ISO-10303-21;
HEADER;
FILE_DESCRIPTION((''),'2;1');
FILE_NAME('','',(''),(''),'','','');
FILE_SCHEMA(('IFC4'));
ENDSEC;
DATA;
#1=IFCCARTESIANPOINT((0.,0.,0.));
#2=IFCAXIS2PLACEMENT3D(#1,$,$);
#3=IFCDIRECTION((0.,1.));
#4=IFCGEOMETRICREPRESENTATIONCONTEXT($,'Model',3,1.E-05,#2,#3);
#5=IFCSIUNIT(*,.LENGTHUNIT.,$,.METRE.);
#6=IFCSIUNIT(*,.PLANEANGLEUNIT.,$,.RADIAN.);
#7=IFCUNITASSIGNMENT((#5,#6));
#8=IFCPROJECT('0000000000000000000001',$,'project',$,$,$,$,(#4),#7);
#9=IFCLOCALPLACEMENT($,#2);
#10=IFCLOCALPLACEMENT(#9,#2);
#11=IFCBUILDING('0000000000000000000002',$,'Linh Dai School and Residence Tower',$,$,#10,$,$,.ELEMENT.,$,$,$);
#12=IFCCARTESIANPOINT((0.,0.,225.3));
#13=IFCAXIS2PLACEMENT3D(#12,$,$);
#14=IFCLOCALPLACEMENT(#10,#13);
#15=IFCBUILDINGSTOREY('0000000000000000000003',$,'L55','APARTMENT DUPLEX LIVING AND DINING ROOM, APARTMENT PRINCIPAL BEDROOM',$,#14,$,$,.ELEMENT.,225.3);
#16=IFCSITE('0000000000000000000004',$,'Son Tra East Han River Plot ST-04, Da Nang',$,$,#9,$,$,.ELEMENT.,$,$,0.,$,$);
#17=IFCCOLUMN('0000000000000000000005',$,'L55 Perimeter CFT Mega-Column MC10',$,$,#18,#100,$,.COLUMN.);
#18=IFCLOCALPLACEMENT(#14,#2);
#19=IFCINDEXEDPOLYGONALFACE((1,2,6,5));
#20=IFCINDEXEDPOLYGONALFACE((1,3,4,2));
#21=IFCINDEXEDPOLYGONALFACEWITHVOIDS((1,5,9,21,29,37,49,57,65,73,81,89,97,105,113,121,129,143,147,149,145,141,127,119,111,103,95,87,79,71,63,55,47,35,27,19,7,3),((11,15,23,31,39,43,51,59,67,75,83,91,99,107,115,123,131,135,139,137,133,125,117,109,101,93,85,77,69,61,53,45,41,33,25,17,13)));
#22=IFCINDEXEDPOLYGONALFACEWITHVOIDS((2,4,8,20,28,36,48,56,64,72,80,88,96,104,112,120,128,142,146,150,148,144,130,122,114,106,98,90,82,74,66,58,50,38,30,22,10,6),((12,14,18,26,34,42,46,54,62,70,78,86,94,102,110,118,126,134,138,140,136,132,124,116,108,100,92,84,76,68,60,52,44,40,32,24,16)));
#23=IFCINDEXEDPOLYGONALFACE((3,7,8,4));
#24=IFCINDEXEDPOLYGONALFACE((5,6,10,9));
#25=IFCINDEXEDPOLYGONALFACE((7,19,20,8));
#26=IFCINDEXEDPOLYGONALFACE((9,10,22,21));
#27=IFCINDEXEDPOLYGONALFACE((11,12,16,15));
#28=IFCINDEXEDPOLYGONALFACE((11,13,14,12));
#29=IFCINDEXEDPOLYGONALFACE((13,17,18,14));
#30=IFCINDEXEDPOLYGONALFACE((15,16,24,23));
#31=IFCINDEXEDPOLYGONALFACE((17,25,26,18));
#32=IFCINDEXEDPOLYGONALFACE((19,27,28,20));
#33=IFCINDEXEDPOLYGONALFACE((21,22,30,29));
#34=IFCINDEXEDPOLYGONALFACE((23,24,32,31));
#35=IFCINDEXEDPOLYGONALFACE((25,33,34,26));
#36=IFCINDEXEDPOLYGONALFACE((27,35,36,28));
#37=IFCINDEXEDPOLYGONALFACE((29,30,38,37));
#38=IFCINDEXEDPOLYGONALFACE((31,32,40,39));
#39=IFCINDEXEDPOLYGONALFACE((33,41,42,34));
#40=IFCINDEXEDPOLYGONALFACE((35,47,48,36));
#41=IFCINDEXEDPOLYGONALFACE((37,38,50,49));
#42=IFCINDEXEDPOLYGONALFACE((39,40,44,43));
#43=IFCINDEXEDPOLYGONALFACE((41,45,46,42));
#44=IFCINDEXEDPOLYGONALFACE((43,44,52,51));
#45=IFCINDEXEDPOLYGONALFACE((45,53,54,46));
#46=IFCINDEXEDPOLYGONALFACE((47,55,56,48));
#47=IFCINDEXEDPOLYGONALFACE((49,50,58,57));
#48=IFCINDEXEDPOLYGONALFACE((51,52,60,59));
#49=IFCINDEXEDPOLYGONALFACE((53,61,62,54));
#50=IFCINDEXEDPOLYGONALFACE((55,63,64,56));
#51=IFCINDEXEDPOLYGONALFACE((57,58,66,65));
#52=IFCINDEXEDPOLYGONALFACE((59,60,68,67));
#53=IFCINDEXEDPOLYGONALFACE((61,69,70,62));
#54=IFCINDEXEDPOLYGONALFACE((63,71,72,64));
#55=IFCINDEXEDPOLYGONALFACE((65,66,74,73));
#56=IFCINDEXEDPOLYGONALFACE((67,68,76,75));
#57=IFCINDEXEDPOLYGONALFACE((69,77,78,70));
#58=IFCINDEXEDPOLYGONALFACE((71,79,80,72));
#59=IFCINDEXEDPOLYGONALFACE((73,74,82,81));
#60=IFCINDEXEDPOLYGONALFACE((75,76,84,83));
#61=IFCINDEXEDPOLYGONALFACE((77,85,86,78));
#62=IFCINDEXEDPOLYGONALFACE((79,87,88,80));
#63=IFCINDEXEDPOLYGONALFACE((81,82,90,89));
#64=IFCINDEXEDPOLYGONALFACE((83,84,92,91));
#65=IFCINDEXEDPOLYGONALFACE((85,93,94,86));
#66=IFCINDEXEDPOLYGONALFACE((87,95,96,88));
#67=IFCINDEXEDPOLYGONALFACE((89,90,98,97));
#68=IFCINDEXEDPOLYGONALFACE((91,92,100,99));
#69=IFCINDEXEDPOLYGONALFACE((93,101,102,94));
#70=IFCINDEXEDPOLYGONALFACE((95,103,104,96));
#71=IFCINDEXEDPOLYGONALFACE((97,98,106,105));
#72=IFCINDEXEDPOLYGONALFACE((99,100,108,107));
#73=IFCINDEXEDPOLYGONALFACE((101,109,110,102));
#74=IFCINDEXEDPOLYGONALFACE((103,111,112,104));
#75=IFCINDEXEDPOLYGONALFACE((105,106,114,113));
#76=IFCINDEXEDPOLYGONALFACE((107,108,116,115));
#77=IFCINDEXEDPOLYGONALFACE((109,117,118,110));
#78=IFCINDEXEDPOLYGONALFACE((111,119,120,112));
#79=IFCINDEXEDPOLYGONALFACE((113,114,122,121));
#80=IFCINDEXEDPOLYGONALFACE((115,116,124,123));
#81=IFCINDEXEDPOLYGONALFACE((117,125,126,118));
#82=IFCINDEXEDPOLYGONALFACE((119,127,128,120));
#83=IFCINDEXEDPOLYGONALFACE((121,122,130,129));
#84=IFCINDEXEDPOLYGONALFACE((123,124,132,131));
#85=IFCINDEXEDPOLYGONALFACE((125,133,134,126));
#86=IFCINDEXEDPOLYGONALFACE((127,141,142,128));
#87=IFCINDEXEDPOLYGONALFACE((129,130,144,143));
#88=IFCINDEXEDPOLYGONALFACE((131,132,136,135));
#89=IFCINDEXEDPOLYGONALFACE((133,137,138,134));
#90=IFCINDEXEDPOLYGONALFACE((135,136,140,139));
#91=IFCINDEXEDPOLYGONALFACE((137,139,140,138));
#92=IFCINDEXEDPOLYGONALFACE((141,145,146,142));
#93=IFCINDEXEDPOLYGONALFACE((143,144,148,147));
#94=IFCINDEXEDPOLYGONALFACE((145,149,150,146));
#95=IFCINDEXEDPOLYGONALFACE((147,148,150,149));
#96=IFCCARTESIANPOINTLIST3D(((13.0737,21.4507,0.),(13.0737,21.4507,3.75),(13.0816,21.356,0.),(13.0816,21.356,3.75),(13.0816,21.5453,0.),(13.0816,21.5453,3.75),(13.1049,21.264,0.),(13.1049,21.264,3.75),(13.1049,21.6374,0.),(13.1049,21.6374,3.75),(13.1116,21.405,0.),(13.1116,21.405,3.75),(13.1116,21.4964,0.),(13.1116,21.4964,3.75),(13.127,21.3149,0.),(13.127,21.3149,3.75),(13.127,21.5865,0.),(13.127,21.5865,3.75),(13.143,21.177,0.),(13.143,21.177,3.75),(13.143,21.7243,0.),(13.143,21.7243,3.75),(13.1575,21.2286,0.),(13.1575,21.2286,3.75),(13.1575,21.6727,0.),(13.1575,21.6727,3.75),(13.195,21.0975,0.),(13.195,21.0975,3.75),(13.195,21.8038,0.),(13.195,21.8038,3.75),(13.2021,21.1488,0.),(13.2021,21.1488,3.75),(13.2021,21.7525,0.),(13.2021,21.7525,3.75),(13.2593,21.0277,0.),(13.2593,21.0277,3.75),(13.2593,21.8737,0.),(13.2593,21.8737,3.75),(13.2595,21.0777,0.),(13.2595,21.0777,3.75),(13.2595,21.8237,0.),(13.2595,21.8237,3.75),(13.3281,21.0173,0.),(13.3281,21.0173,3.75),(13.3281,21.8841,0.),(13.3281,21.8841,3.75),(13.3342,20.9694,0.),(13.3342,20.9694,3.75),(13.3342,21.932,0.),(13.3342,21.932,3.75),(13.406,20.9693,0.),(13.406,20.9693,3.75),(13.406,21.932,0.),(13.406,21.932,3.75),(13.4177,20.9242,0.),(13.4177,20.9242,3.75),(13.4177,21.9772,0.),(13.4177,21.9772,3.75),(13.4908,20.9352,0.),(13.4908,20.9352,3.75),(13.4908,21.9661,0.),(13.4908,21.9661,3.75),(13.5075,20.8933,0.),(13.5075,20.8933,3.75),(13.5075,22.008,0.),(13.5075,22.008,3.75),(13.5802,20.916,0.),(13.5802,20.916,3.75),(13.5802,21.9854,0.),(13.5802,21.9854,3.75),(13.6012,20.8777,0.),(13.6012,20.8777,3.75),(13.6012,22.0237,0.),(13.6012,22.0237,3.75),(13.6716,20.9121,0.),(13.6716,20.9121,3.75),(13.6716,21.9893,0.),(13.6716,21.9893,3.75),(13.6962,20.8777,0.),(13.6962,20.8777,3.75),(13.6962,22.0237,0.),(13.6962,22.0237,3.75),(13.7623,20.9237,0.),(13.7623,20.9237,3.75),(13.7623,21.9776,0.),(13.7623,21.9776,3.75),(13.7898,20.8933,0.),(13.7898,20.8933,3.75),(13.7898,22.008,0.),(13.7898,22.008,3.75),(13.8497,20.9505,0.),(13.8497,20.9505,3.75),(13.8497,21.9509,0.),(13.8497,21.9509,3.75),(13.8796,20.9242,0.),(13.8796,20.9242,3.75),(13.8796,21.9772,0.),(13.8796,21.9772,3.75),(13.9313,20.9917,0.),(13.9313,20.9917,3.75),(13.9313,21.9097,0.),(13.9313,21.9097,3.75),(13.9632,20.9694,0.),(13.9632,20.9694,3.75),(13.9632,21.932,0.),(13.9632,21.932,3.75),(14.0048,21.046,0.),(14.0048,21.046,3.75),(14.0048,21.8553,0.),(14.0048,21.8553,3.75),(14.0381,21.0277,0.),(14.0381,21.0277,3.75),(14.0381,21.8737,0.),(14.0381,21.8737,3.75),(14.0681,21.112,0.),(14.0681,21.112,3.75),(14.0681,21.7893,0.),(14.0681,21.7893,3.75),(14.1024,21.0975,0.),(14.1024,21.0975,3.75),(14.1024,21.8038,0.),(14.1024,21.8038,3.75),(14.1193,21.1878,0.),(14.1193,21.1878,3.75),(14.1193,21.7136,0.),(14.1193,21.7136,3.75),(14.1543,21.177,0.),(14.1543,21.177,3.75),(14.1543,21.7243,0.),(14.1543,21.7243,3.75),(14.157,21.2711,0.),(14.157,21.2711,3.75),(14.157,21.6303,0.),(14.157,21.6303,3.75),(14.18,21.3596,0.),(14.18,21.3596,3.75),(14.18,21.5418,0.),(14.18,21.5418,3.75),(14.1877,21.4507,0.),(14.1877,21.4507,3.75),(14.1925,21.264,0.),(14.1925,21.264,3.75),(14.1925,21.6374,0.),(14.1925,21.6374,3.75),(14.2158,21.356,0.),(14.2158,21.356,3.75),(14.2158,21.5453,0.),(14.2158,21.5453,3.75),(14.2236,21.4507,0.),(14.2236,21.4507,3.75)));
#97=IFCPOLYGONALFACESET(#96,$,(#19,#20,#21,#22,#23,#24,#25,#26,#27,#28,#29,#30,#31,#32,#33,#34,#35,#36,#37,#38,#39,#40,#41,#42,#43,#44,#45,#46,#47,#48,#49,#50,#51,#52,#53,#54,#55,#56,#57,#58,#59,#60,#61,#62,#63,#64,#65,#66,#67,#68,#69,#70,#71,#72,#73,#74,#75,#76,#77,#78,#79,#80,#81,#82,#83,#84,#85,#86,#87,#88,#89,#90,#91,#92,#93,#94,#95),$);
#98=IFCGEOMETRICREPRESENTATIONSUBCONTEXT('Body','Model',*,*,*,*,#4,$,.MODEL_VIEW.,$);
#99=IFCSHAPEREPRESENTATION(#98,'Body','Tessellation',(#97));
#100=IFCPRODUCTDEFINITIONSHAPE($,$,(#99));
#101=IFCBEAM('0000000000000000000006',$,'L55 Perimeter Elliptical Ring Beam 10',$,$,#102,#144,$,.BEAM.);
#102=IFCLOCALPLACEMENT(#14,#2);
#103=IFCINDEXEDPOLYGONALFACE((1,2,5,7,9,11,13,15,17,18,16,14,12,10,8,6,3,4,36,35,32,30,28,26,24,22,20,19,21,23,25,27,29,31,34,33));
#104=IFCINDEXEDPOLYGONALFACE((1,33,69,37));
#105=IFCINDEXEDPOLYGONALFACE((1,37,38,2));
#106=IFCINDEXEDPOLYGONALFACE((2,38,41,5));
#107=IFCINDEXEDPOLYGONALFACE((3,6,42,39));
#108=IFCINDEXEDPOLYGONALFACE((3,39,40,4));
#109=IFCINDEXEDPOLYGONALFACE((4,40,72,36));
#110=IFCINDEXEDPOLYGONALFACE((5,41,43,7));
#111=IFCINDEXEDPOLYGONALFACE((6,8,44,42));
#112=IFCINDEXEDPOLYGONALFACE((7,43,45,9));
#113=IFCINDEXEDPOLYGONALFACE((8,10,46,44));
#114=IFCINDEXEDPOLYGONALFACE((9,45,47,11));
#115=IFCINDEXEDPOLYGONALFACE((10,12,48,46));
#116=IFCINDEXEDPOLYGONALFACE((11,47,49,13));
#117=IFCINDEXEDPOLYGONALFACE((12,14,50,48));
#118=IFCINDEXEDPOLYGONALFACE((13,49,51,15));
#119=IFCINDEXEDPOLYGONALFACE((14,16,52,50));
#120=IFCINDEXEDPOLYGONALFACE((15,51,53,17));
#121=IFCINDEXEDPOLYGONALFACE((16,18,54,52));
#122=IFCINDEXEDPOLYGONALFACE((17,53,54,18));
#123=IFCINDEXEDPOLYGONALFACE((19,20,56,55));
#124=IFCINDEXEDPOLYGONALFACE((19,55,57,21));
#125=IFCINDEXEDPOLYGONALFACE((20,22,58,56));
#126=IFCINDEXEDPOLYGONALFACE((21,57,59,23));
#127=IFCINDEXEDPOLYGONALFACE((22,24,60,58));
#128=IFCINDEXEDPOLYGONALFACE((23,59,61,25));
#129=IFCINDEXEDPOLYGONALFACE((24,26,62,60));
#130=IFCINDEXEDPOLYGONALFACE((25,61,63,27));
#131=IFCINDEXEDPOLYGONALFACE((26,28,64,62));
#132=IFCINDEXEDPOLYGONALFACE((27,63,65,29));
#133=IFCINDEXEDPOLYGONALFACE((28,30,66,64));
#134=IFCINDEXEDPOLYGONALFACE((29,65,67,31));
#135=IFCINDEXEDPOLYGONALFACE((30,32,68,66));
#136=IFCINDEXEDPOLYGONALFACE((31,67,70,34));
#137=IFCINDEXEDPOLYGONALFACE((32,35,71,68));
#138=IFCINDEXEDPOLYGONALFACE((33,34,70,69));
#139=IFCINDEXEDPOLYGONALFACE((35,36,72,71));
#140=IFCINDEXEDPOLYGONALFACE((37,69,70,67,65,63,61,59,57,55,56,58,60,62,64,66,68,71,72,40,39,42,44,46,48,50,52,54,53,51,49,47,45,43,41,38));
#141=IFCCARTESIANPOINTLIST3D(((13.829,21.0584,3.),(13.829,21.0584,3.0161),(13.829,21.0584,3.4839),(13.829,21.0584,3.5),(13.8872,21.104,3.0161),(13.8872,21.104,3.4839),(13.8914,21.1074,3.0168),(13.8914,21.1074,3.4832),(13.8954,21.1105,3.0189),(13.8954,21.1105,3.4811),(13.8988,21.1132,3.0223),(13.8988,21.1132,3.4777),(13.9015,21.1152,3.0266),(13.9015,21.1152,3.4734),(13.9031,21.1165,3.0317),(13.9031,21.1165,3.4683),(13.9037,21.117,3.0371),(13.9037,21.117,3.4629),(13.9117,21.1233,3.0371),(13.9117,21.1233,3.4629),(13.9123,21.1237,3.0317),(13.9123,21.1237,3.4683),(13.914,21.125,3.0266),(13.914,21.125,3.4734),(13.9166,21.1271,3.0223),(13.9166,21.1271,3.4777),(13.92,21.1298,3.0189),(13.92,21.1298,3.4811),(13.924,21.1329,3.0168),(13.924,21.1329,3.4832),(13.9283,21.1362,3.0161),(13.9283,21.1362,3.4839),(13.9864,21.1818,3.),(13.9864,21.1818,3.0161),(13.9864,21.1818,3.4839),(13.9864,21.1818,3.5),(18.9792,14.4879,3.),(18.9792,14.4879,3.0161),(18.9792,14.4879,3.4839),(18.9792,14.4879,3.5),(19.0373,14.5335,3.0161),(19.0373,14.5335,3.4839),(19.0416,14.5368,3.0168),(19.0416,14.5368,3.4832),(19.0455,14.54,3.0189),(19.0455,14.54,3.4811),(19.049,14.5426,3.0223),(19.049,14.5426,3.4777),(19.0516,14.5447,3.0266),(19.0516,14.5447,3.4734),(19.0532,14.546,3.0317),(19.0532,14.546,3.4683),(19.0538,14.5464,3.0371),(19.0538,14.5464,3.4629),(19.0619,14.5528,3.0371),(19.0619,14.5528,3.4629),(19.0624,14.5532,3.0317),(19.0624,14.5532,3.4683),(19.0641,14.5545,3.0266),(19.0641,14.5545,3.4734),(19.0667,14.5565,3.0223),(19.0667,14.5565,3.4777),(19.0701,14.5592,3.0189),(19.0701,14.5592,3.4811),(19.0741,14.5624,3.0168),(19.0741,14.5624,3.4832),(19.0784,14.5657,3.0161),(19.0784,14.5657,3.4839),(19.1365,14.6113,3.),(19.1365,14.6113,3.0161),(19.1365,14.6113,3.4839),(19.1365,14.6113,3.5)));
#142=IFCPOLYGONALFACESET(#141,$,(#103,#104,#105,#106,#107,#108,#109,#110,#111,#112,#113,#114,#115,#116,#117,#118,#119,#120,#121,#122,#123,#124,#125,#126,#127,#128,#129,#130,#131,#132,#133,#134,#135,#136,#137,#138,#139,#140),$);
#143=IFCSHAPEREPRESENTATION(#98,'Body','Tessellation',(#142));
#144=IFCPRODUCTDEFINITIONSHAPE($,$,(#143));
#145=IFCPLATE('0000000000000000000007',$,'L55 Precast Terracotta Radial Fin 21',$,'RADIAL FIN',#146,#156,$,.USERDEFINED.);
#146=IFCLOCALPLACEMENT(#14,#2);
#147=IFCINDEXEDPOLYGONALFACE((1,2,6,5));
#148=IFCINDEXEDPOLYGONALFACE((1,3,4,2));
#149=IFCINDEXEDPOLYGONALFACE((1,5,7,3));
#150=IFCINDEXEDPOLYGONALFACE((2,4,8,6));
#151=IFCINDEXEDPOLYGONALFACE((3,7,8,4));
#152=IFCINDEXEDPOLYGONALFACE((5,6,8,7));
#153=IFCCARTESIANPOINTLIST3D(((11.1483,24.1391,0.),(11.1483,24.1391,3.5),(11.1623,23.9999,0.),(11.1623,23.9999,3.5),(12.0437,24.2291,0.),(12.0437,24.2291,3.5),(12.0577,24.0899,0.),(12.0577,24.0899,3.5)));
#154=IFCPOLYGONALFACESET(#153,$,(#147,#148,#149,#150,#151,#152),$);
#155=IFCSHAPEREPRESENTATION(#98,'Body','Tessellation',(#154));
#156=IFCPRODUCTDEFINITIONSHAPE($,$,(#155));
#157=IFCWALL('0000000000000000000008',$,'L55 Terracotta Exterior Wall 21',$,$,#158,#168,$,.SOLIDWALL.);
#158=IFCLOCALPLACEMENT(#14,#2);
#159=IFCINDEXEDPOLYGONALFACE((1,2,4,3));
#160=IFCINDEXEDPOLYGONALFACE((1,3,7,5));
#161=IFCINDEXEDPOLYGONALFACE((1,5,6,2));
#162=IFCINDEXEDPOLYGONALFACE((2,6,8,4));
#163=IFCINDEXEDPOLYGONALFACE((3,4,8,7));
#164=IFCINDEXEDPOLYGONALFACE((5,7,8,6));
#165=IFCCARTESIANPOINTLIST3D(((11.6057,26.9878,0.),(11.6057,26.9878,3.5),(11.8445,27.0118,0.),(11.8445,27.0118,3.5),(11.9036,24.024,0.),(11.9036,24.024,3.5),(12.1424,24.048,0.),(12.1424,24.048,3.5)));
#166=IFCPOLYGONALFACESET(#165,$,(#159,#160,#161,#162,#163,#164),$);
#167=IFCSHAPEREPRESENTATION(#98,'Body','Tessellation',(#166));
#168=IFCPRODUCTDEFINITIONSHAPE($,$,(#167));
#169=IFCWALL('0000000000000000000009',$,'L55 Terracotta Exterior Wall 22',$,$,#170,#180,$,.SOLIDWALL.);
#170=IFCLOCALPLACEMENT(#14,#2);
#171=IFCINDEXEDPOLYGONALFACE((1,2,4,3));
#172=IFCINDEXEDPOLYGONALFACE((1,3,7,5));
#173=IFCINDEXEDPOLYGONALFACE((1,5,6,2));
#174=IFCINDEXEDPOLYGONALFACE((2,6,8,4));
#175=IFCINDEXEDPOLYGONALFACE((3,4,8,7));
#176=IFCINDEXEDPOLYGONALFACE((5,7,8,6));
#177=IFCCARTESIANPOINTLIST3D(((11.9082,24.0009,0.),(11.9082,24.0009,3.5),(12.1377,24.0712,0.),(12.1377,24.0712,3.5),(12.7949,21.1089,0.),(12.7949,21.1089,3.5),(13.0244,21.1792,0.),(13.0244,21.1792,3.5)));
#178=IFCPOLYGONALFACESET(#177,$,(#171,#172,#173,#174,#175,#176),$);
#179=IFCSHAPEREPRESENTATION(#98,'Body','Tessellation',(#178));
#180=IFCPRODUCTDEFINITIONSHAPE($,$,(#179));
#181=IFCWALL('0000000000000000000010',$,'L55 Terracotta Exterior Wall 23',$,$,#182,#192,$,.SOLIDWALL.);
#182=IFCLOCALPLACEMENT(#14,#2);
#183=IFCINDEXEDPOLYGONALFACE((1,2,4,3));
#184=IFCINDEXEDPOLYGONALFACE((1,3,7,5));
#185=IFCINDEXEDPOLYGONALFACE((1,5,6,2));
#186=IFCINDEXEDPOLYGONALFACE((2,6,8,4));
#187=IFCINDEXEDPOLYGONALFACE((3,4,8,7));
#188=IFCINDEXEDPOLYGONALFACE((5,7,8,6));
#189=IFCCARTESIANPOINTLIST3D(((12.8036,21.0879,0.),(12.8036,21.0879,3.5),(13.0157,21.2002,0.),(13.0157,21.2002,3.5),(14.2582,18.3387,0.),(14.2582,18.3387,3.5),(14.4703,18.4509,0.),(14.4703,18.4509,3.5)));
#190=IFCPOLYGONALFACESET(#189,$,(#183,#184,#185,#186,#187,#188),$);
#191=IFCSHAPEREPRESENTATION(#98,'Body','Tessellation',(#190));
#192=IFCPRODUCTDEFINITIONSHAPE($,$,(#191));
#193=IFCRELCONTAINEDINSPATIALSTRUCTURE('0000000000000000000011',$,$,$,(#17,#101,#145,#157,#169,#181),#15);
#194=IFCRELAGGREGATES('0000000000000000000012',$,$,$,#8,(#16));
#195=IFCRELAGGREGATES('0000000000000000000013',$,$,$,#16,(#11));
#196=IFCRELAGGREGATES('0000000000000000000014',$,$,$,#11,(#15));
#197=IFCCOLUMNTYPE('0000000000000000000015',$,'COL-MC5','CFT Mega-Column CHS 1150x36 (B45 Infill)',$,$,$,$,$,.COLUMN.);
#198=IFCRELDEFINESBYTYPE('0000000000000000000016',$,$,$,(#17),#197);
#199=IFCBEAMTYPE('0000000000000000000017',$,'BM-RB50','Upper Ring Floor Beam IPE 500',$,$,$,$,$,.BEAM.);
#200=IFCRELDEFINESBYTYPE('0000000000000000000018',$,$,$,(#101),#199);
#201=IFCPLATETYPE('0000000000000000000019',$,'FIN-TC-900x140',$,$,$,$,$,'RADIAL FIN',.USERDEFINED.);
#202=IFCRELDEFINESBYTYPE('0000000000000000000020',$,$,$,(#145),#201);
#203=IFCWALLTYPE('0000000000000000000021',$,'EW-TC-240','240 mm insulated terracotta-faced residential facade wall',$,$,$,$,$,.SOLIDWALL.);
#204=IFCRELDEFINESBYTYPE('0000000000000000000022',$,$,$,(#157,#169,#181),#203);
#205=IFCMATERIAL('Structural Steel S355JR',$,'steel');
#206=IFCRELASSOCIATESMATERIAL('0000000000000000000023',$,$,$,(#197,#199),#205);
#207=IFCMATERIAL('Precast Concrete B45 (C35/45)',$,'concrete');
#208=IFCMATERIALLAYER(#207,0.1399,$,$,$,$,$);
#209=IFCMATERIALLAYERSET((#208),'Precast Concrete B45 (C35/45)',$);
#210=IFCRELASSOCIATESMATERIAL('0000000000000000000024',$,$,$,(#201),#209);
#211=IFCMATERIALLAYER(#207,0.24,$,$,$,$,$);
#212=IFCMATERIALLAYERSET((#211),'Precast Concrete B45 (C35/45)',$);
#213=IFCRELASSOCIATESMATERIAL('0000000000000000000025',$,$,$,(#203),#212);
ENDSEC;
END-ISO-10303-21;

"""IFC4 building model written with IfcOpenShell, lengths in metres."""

from ifc_helpers import new_model, si_unit, direction, frame, frame_2d, origin, origin_2d, place, context, subcontext, project, spatial, rectangle, hollow_circle, i_section, extrude, source, transform, mapped, material, layer, layer_set, material_profile, profile_set, type_object, element, save


model = new_model("IFC4")

# Units and contexts
model_context = context("Model", 3, precision=1e-05, world=origin(), true_north=direction((0.0, 1.0)))
body_context = subcontext(model_context, "Body", "Model", "MODEL_VIEW")
ifc_project = project(units=[si_unit("LENGTHUNIT", "METRE"), si_unit("PLANEANGLEUNIT", "RADIAN")], contexts=[model_context])

# Site, building, storey
site_placement = place(None, origin())
site = spatial("IfcSite", under=ifc_project, at=site_placement, Name="Son Tra East Han River Plot ST-04, Da Nang", CompositionType="ELEMENT", RefElevation=0.0)
building_placement = place(site_placement, origin())
building = spatial("IfcBuilding", under=site, at=building_placement, Name="Linh Dai School and Residence Tower", CompositionType="ELEMENT")
storey_placement = place(building_placement, frame((0.0, 0.0, 225.3)))
storey = spatial("IfcBuildingStorey", under=building, at=storey_placement, Name="L55", Description="APARTMENT DUPLEX LIVING AND DINING ROOM, APARTMENT PRINCIPAL BEDROOM", CompositionType="ELEMENT", Elevation=225.3)

# Column
ifc_material_1 = material(Name="Structural Steel S355JR", Category="steel")
ifc_material_profile_1 = material_profile(ifc_material_1, hollow_circle(Radius=0.575, WallThickness=0.0359, at=origin_2d()), Name="CHS 1150x36")
ifc_profile_set_1 = profile_set([ifc_material_profile_1], Name="Structural Steel S355JR")
column_type = type_object("IfcColumnType", Name="COL-MC5", Description="CFT Mega-Column CHS 1150x36 (B45 Infill)", PredefinedType="COLUMN", material=ifc_profile_set_1)
column_placement = place(storey_placement, frame((13.6487, 21.4507, 0.0), z_axis=(0.0, 0.0, 1.0), x_axis=(1.0, 0.0, 0.0)))
element("IfcColumn", 1, at=column_placement, inside=storey, type_object=column_type, Name="L55 Perimeter CFT Mega-Column MC10", PredefinedType="COLUMN", context=body_context, shape_type="SweptSolid", body=[
    extrude(hollow_circle(Radius=0.575, WallThickness=0.0359, at=origin_2d()), origin(), (0.0, 0.0, 1.0), 3.75),
])

# Beam
ifc_material_profile_2 = material_profile(ifc_material_1, i_section(OverallWidth=0.2, OverallDepth=0.5, WebThickness=0.0103, FlangeThickness=0.0161, FilletRadius=0.021, at=origin_2d()), Name="IPE 500")
ifc_profile_set_2 = profile_set([ifc_material_profile_2], Name="Structural Steel S355JR")
beam_type = type_object("IfcBeamType", Name="BM-RB50", Description="Upper Ring Floor Beam IPE 500", PredefinedType="BEAM", material=ifc_profile_set_2)
beam_placement = place(storey_placement, frame((13.9077, 21.1201, 3.25), z_axis=(0.6169, -0.787041, 0.0), x_axis=(0.787041, 0.6169, 0.0)))
element("IfcBeam", 2, at=beam_placement, inside=storey, type_object=beam_type, Name="L55 Perimeter Elliptical Ring Beam 10", PredefinedType="BEAM", context=body_context, shape_type="SweptSolid", body=[
    extrude(i_section(OverallWidth=0.2, OverallDepth=0.5, WebThickness=0.0103, FlangeThickness=0.0161, FilletRadius=0.021, at=origin_2d()), origin(), (0.0, 0.0, 1.0), 8.3484),
])

# Plate
ifc_material_2 = material(Name="Precast Concrete B45 (C35/45)", Category="concrete")
ifc_layer_1 = layer(ifc_material_2, 0.1399)
ifc_layer_set_1 = layer_set([ifc_layer_1], Name="Precast Concrete B45 (C35/45)")
plate_type = type_object("IfcPlateType", Name="FIN-TC-900x140", ElementType="RADIAL FIN", PredefinedType="USERDEFINED", material=ifc_layer_set_1)
shared_shape_1 = source(origin(), body_context, "Body", "SweptSolid", [
    extrude(rectangle(XDim=0.8999, YDim=0.1399, at=origin_2d()), origin(), (0.0, 0.0, 1.0), 3.5),
])
plate_placement = place(storey_placement, frame((11.603, 24.1145, 0.0), z_axis=(0.0, 0.0, 1.0), x_axis=(-0.994986, -0.100012, 0.0)))
element("IfcPlate", 3, at=plate_placement, inside=storey, type_object=plate_type, Name="L55 Precast Terracotta Radial Fin 21", ObjectType="RADIAL FIN", PredefinedType="USERDEFINED", context=body_context, shape_type="MappedRepresentation", body=[
    mapped(shared_shape_1, transform((0.0, 0.0, 0.0), x_axis=(1.0, 0.0, 0.0), y_axis=(0.0, 1.0, 0.0), z_axis=(0.0, 0.0, 1.0), scale=1.0)),
])

# Walls
ifc_layer_2 = layer(ifc_material_2, 0.24)
ifc_layer_set_2 = layer_set([ifc_layer_2], Name="Precast Concrete B45 (C35/45)")
wall_type_1 = type_object("IfcWallType", Name="EW-TC-240", Description="240 mm insulated terracotta-faced residential facade wall", PredefinedType="SOLIDWALL", material=ifc_layer_set_2)
wall_1_placement = place(storey_placement, frame((12.0229, 24.0361, 0.0), z_axis=(0.0, 0.0, 1.0), x_axis=(-0.099991, 0.994988, 0.0)))
element("IfcWall", 4, at=wall_1_placement, inside=storey, type_object=wall_type_1, Name="L55 Terracotta Exterior Wall 21", PredefinedType="SOLIDWALL", context=body_context, shape_type="SweptSolid", body=[
    extrude(rectangle(XDim=2.9788, YDim=0.24, at=frame_2d((1.4893, 0.0))), origin(), (0.0, 0.0, 1.0), 3.5),
])
wall_2_placement = place(storey_placement, frame((12.9097, 21.144, 0.0), z_axis=(0.0, 0.0, 1.0), x_axis=(-0.293133, 0.956072, 0.0)))
element("IfcWall", 5, at=wall_2_placement, inside=storey, type_object=wall_type_1, Name="L55 Terracotta Exterior Wall 22", PredefinedType="SOLIDWALL", context=body_context, shape_type="SweptSolid", body=[
    extrude(rectangle(XDim=3.0249, YDim=0.24, at=frame_2d((1.5125, 0.0))), origin(), (0.0, 0.0, 1.0), 3.5),
])
wall_3_placement = place(storey_placement, frame((14.3643, 18.3948, 0.0), z_axis=(0.0, 0.0, 1.0), x_axis=(-0.46766, 0.883908, 0.0)))
element("IfcWall", 6, at=wall_3_placement, inside=storey, type_object=wall_type_1, Name="L55 Terracotta Exterior Wall 23", PredefinedType="SOLIDWALL", context=body_context, shape_type="SweptSolid", body=[
    extrude(rectangle(XDim=3.1104, YDim=0.24, at=frame_2d((1.5552, 0.0))), origin(), (0.0, 0.0, 1.0), 3.5),
])

save(model, "model.ifc")
